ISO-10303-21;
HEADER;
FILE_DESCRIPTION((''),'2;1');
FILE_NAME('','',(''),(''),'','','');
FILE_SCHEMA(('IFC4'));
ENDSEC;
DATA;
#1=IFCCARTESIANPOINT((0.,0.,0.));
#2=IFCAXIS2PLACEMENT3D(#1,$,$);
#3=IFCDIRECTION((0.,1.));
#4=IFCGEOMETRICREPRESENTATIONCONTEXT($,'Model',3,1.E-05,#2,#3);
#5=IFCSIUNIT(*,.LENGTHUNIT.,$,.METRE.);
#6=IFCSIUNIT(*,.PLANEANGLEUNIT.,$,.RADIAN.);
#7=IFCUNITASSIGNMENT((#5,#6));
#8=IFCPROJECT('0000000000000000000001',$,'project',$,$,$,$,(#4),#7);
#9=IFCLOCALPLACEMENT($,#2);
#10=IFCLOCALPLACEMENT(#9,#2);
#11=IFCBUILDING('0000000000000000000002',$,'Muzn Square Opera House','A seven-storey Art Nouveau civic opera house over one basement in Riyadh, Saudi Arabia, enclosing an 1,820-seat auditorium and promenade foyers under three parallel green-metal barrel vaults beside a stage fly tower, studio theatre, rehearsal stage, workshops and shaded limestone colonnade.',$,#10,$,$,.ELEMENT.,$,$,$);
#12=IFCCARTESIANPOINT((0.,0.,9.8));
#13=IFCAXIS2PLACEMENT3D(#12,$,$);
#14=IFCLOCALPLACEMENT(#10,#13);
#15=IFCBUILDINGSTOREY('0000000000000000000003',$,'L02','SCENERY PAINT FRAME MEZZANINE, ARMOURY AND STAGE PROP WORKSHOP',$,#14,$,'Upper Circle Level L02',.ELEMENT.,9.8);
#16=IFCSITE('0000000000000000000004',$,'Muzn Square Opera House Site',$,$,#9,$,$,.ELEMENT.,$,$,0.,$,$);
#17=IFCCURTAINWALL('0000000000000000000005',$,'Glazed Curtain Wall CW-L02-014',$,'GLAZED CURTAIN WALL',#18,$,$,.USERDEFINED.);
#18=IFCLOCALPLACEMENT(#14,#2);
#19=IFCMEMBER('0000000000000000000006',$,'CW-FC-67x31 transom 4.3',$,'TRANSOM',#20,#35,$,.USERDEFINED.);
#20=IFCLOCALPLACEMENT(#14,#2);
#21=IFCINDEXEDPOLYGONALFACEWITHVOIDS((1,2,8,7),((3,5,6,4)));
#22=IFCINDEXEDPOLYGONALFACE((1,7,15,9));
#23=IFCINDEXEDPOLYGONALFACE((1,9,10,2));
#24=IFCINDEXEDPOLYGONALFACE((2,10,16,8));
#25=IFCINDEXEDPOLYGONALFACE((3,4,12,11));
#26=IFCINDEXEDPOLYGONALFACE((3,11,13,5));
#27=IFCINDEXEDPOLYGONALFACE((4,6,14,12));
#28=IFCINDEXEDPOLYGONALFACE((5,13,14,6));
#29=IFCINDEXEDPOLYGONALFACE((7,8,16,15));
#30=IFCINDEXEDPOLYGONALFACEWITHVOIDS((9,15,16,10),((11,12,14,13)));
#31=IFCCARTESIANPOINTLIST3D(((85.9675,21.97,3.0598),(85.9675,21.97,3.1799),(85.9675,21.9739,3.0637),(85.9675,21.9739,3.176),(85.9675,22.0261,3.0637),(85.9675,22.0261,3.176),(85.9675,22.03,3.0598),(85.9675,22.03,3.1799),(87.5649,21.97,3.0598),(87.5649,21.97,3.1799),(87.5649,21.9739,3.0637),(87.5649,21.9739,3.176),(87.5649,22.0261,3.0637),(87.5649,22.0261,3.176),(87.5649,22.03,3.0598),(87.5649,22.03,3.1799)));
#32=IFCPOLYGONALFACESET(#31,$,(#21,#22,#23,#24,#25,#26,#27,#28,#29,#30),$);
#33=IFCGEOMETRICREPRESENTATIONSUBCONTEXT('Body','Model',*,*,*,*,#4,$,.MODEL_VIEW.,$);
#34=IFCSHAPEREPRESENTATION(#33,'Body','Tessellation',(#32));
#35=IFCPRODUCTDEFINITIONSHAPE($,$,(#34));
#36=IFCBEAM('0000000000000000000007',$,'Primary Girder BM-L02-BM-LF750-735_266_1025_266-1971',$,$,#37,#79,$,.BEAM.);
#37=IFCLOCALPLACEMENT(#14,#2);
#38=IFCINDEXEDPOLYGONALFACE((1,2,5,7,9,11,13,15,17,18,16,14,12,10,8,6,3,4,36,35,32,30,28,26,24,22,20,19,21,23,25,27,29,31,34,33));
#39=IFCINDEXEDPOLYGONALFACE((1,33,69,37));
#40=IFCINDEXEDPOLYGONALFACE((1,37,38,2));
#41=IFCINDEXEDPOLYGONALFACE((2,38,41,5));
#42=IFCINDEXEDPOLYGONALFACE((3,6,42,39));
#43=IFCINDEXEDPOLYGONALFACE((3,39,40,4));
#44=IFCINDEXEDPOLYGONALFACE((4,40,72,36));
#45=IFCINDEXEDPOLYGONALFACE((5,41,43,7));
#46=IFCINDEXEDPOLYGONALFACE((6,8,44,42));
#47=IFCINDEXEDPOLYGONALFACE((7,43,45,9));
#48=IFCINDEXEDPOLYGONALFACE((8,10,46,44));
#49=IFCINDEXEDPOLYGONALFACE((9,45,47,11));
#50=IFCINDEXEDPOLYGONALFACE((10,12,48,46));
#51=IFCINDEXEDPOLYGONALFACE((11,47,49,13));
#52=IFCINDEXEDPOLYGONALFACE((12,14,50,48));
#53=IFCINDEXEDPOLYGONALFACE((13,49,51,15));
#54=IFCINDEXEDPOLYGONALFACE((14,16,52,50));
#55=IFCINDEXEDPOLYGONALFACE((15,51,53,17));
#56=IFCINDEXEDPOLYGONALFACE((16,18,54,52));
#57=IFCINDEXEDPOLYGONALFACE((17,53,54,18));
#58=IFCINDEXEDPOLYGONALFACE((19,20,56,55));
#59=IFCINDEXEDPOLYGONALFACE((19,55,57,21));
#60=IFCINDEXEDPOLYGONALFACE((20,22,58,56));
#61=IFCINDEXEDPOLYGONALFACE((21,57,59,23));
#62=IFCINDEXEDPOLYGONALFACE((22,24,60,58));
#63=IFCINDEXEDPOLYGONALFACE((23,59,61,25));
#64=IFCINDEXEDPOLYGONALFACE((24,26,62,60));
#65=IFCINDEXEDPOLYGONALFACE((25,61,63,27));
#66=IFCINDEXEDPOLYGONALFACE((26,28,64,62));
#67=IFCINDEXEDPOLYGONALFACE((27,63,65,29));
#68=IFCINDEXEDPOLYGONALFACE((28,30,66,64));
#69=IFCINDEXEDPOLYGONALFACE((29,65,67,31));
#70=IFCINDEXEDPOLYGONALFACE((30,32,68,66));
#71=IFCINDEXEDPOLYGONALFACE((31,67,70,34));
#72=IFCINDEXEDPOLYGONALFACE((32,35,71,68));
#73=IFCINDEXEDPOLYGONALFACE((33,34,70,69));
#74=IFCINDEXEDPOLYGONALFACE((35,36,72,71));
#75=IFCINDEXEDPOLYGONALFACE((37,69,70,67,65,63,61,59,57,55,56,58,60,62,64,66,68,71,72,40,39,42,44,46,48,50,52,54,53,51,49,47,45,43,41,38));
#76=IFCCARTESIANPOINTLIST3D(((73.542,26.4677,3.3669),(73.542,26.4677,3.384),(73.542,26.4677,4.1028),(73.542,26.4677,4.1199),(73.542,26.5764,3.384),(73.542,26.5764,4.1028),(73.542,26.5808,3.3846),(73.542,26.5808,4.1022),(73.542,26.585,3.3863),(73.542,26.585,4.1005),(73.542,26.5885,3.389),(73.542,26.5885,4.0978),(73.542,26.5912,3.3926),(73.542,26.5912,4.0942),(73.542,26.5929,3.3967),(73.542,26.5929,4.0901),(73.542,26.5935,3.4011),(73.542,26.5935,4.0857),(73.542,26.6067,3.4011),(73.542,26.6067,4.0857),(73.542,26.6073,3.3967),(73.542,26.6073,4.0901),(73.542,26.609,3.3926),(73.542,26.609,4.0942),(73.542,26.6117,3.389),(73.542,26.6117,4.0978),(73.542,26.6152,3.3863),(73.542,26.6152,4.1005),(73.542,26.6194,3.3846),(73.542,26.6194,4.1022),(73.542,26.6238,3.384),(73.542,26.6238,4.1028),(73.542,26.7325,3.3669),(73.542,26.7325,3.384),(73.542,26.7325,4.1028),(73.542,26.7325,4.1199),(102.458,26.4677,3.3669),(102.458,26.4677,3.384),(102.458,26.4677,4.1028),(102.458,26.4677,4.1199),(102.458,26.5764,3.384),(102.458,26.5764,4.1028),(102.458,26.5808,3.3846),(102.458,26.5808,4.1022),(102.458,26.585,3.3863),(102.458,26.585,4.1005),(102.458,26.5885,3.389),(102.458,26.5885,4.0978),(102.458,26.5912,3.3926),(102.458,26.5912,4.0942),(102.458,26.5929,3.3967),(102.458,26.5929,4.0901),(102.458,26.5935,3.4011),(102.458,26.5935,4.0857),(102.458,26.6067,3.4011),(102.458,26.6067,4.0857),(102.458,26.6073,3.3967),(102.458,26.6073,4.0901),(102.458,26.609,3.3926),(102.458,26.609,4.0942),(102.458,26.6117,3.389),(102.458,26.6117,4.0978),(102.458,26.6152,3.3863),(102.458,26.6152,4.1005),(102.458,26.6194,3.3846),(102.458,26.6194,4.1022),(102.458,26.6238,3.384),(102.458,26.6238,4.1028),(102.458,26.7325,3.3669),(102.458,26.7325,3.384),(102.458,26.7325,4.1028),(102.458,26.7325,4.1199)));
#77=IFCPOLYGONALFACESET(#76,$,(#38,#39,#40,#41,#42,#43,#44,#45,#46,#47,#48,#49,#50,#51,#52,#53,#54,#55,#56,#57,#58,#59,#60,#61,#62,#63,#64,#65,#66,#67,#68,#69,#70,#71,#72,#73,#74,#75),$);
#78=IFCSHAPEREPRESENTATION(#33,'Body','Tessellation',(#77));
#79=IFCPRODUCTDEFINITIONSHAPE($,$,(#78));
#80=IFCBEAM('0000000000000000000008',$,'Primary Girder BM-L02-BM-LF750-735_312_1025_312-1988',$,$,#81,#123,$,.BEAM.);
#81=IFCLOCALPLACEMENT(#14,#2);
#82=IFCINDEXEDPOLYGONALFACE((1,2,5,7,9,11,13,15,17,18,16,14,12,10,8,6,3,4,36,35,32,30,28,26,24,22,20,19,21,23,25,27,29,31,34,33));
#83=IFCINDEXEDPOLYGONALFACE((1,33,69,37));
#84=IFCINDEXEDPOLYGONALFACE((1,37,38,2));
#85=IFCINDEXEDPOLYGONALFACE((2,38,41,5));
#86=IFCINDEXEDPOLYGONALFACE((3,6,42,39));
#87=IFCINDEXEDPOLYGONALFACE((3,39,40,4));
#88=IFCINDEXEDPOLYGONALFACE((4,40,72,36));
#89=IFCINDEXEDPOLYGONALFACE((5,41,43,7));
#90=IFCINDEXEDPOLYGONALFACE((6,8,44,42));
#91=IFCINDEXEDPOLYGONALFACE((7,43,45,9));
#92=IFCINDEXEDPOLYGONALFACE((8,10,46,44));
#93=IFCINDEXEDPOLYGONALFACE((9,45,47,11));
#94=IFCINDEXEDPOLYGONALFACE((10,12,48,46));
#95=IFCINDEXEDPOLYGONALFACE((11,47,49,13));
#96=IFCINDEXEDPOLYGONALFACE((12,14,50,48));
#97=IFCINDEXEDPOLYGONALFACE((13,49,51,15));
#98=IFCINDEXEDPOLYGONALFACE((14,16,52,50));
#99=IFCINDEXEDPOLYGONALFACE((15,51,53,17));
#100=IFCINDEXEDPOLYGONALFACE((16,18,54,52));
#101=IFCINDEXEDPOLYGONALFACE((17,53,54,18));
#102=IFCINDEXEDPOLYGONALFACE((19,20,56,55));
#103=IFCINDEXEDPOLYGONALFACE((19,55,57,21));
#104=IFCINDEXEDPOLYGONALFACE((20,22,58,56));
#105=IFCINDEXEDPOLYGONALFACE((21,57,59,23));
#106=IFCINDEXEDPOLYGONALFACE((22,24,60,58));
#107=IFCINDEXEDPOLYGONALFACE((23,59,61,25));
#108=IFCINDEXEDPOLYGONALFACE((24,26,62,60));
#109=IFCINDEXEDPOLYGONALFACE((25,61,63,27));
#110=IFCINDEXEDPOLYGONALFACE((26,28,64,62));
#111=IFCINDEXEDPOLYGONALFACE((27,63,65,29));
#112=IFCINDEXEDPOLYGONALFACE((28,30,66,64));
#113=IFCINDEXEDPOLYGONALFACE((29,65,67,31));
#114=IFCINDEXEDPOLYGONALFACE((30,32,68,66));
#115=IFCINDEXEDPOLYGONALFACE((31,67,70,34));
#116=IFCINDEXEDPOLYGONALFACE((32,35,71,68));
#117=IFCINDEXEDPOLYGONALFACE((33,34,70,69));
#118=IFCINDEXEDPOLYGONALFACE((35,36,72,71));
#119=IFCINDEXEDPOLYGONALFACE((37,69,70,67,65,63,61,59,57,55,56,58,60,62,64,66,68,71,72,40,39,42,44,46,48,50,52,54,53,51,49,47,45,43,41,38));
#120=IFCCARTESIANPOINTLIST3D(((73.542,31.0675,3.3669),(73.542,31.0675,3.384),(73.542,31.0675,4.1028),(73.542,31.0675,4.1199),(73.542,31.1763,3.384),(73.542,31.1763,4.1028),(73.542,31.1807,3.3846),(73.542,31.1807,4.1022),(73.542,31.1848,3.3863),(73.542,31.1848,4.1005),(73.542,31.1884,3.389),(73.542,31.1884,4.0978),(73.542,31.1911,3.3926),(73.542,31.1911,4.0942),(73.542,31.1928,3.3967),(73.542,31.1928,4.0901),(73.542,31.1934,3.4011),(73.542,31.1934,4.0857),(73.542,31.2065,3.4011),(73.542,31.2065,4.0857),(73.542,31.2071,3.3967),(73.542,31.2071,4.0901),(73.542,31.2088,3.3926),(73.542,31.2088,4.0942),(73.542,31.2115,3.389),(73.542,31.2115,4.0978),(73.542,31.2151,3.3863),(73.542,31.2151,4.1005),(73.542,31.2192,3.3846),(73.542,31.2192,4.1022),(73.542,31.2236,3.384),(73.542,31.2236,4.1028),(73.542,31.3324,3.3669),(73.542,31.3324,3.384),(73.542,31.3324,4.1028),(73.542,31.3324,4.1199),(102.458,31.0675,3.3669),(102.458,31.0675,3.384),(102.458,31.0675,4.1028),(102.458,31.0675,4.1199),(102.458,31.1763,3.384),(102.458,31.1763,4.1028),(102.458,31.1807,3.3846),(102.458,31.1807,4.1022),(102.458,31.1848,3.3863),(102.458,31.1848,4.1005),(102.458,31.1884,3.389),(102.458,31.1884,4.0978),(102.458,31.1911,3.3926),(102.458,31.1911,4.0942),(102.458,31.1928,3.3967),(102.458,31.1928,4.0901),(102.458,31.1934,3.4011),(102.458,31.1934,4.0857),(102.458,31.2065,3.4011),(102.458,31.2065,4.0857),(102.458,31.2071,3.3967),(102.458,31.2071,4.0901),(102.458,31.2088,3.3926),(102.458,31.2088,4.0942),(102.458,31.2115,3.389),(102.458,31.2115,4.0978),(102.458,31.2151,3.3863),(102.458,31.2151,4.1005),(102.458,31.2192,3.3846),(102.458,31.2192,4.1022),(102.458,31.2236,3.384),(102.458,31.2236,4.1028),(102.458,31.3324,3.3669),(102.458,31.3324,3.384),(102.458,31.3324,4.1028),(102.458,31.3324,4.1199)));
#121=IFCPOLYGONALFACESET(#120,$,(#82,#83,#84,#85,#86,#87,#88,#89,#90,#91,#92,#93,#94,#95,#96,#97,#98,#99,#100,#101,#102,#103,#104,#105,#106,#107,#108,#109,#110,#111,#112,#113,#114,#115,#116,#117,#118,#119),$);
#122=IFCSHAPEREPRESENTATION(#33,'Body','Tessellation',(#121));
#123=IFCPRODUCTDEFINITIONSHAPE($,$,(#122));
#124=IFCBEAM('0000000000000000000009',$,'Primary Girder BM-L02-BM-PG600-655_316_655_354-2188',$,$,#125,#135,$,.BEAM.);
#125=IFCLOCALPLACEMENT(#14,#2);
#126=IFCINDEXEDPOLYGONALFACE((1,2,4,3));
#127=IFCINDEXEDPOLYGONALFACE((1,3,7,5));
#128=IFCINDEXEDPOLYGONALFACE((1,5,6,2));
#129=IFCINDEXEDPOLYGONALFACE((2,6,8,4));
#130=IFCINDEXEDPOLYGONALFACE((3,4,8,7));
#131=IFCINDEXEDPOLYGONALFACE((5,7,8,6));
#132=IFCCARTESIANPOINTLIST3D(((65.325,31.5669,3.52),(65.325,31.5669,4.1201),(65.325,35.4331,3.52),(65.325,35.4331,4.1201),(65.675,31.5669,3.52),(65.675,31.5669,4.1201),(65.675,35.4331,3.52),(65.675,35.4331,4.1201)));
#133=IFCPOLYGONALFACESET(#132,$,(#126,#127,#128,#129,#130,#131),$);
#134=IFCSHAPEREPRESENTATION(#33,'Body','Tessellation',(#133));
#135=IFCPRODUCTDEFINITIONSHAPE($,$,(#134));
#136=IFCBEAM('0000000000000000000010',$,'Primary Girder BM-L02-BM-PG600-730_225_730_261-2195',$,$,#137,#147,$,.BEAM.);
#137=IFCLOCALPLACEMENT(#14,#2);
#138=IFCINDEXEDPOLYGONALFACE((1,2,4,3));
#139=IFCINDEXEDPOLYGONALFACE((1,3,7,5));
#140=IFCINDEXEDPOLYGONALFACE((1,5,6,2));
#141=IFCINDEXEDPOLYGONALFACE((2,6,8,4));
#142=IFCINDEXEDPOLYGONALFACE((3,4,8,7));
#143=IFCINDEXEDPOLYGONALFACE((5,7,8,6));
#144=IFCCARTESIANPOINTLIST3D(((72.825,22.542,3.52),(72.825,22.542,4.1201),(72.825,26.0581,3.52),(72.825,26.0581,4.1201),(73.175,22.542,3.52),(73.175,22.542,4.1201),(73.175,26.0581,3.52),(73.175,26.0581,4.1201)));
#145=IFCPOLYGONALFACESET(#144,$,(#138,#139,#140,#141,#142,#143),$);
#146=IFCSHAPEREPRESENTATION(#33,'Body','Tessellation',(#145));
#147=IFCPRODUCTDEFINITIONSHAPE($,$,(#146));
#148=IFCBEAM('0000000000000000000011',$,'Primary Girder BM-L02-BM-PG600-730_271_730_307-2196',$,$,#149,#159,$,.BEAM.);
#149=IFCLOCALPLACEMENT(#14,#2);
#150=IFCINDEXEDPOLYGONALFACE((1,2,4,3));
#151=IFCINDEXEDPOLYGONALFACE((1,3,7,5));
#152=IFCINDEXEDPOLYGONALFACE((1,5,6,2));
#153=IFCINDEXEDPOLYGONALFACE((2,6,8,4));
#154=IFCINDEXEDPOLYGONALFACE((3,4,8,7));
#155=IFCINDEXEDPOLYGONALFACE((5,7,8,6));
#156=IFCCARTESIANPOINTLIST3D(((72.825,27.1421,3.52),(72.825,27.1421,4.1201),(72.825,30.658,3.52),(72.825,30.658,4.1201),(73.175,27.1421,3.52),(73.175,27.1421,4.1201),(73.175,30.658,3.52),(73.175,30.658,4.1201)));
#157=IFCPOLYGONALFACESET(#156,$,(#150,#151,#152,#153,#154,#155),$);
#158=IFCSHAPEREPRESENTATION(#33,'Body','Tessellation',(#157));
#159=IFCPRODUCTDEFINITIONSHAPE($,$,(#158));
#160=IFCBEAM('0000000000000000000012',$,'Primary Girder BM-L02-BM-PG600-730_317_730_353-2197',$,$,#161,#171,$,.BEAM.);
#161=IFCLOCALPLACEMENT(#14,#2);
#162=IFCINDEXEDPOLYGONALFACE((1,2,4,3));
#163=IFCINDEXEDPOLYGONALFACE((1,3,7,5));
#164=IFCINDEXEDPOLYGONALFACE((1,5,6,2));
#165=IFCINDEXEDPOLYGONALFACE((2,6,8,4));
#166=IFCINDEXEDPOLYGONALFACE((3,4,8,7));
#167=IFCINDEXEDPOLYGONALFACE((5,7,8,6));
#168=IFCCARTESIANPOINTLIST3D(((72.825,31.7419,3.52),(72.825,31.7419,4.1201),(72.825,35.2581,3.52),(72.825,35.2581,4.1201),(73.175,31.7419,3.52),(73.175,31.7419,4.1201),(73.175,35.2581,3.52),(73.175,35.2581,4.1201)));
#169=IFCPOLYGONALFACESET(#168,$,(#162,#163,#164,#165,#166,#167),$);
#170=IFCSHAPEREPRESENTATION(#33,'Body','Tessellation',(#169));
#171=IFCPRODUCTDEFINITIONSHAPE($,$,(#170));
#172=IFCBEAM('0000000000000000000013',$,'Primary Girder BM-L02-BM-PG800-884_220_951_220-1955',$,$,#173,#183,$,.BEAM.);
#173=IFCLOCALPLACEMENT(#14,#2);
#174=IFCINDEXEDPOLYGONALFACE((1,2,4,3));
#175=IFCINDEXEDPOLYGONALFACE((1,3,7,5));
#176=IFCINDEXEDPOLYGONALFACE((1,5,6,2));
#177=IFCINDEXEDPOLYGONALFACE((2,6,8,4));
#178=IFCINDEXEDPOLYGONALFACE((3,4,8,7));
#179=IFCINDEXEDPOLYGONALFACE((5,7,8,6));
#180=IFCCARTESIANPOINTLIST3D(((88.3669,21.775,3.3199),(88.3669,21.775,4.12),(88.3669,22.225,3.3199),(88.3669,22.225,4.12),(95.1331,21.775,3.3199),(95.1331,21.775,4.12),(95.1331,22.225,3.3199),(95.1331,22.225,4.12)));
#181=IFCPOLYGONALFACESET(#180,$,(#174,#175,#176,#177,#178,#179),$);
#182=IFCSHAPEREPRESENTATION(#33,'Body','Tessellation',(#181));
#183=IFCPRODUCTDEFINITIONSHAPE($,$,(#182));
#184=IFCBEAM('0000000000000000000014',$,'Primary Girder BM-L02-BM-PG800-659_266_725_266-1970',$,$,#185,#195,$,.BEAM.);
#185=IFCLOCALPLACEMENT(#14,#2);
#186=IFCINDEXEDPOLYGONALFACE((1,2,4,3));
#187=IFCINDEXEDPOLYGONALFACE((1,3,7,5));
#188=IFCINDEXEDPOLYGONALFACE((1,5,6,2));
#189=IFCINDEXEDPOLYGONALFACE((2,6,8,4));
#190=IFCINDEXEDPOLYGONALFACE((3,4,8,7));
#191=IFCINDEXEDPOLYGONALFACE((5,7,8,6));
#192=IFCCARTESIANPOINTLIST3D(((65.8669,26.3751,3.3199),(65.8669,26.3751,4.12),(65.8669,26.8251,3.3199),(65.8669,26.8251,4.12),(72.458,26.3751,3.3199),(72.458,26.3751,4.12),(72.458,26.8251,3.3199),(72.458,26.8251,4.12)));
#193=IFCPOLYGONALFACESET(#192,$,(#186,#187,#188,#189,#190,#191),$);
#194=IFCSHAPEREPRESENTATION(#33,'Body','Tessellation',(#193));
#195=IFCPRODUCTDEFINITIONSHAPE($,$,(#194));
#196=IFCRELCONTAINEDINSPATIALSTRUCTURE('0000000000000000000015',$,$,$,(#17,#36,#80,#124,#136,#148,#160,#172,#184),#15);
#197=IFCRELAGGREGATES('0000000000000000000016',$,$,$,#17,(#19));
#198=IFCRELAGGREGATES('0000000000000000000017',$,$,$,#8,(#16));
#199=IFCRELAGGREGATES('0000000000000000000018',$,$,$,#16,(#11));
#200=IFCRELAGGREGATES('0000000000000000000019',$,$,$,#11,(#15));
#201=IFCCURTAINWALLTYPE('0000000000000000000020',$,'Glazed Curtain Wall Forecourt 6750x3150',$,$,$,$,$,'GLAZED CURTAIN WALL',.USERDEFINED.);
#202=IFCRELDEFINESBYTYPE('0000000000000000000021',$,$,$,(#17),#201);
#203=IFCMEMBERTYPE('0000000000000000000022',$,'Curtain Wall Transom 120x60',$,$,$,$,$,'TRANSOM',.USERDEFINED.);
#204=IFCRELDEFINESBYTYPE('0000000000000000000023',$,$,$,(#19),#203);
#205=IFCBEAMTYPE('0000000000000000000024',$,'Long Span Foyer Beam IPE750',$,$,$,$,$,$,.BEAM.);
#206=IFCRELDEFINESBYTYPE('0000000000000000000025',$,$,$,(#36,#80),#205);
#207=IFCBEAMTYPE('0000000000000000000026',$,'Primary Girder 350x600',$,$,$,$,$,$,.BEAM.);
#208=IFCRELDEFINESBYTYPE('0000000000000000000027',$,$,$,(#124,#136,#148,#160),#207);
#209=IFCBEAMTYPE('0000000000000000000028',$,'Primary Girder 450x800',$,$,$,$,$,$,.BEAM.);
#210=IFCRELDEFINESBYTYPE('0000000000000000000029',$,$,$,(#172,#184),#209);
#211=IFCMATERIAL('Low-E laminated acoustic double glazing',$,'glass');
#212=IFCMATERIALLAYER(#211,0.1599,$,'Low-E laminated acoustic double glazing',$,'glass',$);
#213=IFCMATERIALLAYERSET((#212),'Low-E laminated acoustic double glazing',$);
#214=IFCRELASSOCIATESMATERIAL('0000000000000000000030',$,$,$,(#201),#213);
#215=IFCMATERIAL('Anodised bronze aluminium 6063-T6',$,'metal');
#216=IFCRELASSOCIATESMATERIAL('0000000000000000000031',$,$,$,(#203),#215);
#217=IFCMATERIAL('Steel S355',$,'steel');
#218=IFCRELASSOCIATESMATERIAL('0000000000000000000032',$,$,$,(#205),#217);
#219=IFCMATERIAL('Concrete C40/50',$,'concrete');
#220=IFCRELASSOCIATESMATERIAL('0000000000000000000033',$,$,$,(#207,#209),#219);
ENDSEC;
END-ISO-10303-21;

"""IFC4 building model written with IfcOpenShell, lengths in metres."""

from ifc_helpers import new_model, si_unit, direction, frame, origin, origin_2d, place, context, subcontext, project, spatial, rectangle, hollow_rectangle, i_section, extrude, material, layer, layer_set, material_profile, profile_set, type_object, element, aggregate, save


model = new_model("IFC4")

# Units and contexts
model_context = context("Model", 3, precision=1e-05, world=origin(), true_north=direction((0.0, 1.0)))
body_context = subcontext(model_context, "Body", "Model", "MODEL_VIEW")
ifc_project = project(units=[si_unit("LENGTHUNIT", "METRE"), si_unit("PLANEANGLEUNIT", "RADIAN")], contexts=[model_context])

# Site, building, storey
site_placement = place(None, origin())
site = spatial("IfcSite", under=ifc_project, at=site_placement, Name="Muzn Square Opera House Site", CompositionType="ELEMENT", RefElevation=0.0)
building_placement = place(site_placement, origin())
building = spatial("IfcBuilding", under=site, at=building_placement, Name="Muzn Square Opera House", Description="A seven-storey Art Nouveau civic opera house over one basement in Riyadh, Saudi Arabia, enclosing an 1,820-seat auditorium and promenade foyers under three parallel green-metal barrel vaults beside a stage fly tower, studio theatre, rehearsal stage, workshops and shaded limestone colonnade.", CompositionType="ELEMENT")
storey_placement = place(building_placement, frame((0.0, 0.0, 9.8)))
storey = spatial("IfcBuildingStorey", under=building, at=storey_placement, Name="L02", Description="SCENERY PAINT FRAME MEZZANINE, ARMOURY AND STAGE PROP WORKSHOP", LongName="Upper Circle Level L02", CompositionType="ELEMENT", Elevation=9.8)

# Curtain wall
ifc_material_1 = material(Name="Low-E laminated acoustic double glazing", Category="glass")
ifc_layer_1 = layer(ifc_material_1, 0.1599, Name="Low-E laminated acoustic double glazing", Category="glass")
ifc_layer_set_1 = layer_set([ifc_layer_1], Name="Low-E laminated acoustic double glazing")
curtain_wall_type = type_object("IfcCurtainWallType", Name="Glazed Curtain Wall Forecourt 6750x3150", ElementType="GLAZED CURTAIN WALL", PredefinedType="USERDEFINED", material=ifc_layer_set_1)
curtain_wall_1_placement = place(storey_placement, origin())
curtain_wall_1 = element("IfcCurtainWall", 1, at=curtain_wall_1_placement, inside=storey, type_object=curtain_wall_type, Name="Glazed Curtain Wall CW-L02-014", ObjectType="GLAZED CURTAIN WALL", PredefinedType="USERDEFINED")
ifc_material_2 = material(Name="Anodised bronze aluminium 6063-T6", Category="metal")

# Member
ifc_material_profile_1 = material_profile(ifc_material_2, hollow_rectangle(XDim=0.0601, YDim=0.1201, WallThickness=0.0039, at=origin_2d()), Name="ALU 120x60x4", Category="metal")
ifc_profile_set_1 = profile_set([ifc_material_profile_1], Name="Anodised bronze aluminium 6063-T6")
member_type_1 = type_object("IfcMemberType", Name="Curtain Wall Transom 120x60", ElementType="TRANSOM", PredefinedType="USERDEFINED", material=ifc_profile_set_1)
member_1_placement = place(storey_placement, frame((85.9675, 22.0, 3.1199), z_axis=(1.0, 0.0, 0.0), x_axis=(0.0, 1.0, 0.0)))
member_1 = element("IfcMember", 2, at=member_1_placement, type_object=member_type_1, Name="CW-FC-67x31 transom 4.3", ObjectType="TRANSOM", PredefinedType="USERDEFINED", context=body_context, shape_type="SweptSolid", body=[
    extrude(hollow_rectangle(XDim=0.0601, YDim=0.1201, WallThickness=0.0039, at=origin_2d()), origin(), (0.0, 0.0, 1.0), 1.5974),
])

# Beams
ifc_material_3 = material(Name="Steel S355", Category="steel")
ifc_material_profile_2 = material_profile(ifc_material_3, i_section(OverallWidth=0.2649, OverallDepth=0.7529, WebThickness=0.0132, FlangeThickness=0.0171, FilletRadius=0.0171, at=origin_2d()), Name="IPE 750x147", Category="steel")
ifc_profile_set_2 = profile_set([ifc_material_profile_2], Name="Steel S355")
beam_type_1 = type_object("IfcBeamType", Name="Long Span Foyer Beam IPE750", PredefinedType="BEAM", material=ifc_profile_set_2)
for number, where, z_axis, x_axis, name in (
    (3, (73.542, 26.6001, 3.7434), (1.0, 0.0, 0.0), (0.0, 1.0, 0.0), "Primary Girder BM-L02-BM-LF750-735_266_1025_266-1971"),
    (4, (73.542, 31.2, 3.7434), (1.0, 0.0, 0.0), (0.0, 1.0, 0.0), "Primary Girder BM-L02-BM-LF750-735_312_1025_312-1988"),
):
    element("IfcBeam", number, at=place(storey_placement, frame(where, z_axis=z_axis, x_axis=x_axis)), inside=storey, type_object=beam_type_1, Name=name, PredefinedType="BEAM", context=body_context, shape_type="SweptSolid", body=[
        extrude(i_section(OverallWidth=0.2649, OverallDepth=0.7529, WebThickness=0.0132, FlangeThickness=0.0171, FilletRadius=0.0171, at=origin_2d()), origin(), (0.0, 0.0, 1.0), 28.916),
    ])
ifc_material_4 = material(Name="Concrete C40/50", Category="concrete")
ifc_material_profile_3 = material_profile(ifc_material_4, rectangle(XDim=0.3501, YDim=0.6001, at=origin_2d()), Name="RCB 350x600", Category="concrete")
ifc_profile_set_3 = profile_set([ifc_material_profile_3], Name="Concrete C40/50")
beam_type_2 = type_object("IfcBeamType", Name="Primary Girder 350x600", PredefinedType="BEAM", material=ifc_profile_set_3)
beam_1_placement = place(storey_placement, frame((65.5, 31.5669, 3.8201), z_axis=(0.0, 1.0, 0.0), x_axis=(-1.0, 0.0, 0.0)))
element("IfcBeam", 5, at=beam_1_placement, inside=storey, type_object=beam_type_2, Name="Primary Girder BM-L02-BM-PG600-655_316_655_354-2188", PredefinedType="BEAM", context=body_context, shape_type="SweptSolid", body=[
    extrude(rectangle(XDim=0.3501, YDim=0.6001, at=origin_2d()), origin(), (0.0, 0.0, 1.0), 3.8662),
])
beam_2_placement = place(storey_placement, frame((73.0, 22.542, 3.8201), z_axis=(0.0, 1.0, 0.0), x_axis=(-1.0, 0.0, 0.0)))
element("IfcBeam", 6, at=beam_2_placement, inside=storey, type_object=beam_type_2, Name="Primary Girder BM-L02-BM-PG600-730_225_730_261-2195", PredefinedType="BEAM", context=body_context, shape_type="SweptSolid", body=[
    extrude(rectangle(XDim=0.3501, YDim=0.6001, at=origin_2d()), origin(), (0.0, 0.0, 1.0), 3.5161),
])
beam_3_placement = place(storey_placement, frame((73.0, 27.1421, 3.8201), z_axis=(0.0, 1.0, 0.0), x_axis=(-1.0, 0.0, 0.0)))
element("IfcBeam", 7, at=beam_3_placement, inside=storey, type_object=beam_type_2, Name="Primary Girder BM-L02-BM-PG600-730_271_730_307-2196", PredefinedType="BEAM", context=body_context, shape_type="SweptSolid", body=[
    extrude(rectangle(XDim=0.3501, YDim=0.6001, at=origin_2d()), origin(), (0.0, 0.0, 1.0), 3.5159),
])
beam_4_placement = place(storey_placement, frame((73.0, 31.7419, 3.8201), z_axis=(0.0, 1.0, 0.0), x_axis=(-1.0, 0.0, 0.0)))
element("IfcBeam", 8, at=beam_4_placement, inside=storey, type_object=beam_type_2, Name="Primary Girder BM-L02-BM-PG600-730_317_730_353-2197", PredefinedType="BEAM", context=body_context, shape_type="SweptSolid", body=[
    extrude(rectangle(XDim=0.3501, YDim=0.6001, at=origin_2d()), origin(), (0.0, 0.0, 1.0), 3.5161),
])
ifc_material_profile_4 = material_profile(ifc_material_4, rectangle(XDim=0.45, YDim=0.8, at=origin_2d()), Name="RCB 450x800", Category="concrete")
ifc_profile_set_4 = profile_set([ifc_material_profile_4], Name="Concrete C40/50")
beam_type_3 = type_object("IfcBeamType", Name="Primary Girder 450x800", PredefinedType="BEAM", material=ifc_profile_set_4)
beam_5_placement = place(storey_placement, frame((88.3669, 22.0, 3.72), z_axis=(1.0, 0.0, 0.0), x_axis=(0.0, 1.0, 0.0)))
element("IfcBeam", 9, at=beam_5_placement, inside=storey, type_object=beam_type_3, Name="Primary Girder BM-L02-BM-PG800-884_220_951_220-1955", PredefinedType="BEAM", context=body_context, shape_type="SweptSolid", body=[
    extrude(rectangle(XDim=0.45, YDim=0.8, at=origin_2d()), origin(), (0.0, 0.0, 1.0), 6.7661),
])
for number, where, z_axis, x_axis, name in (
    (10, (65.8669, 26.6001, 3.72), (1.0, 0.0, 0.0), (0.0, 1.0, 0.0), "Primary Girder BM-L02-BM-PG800-659_266_725_266-1970"),
):
    element("IfcBeam", number, at=place(storey_placement, frame(where, z_axis=z_axis, x_axis=x_axis)), inside=storey, type_object=beam_type_3, Name=name, PredefinedType="BEAM", context=body_context, shape_type="SweptSolid", body=[
        extrude(rectangle(XDim=0.45, YDim=0.8, at=origin_2d()), origin(), (0.0, 0.0, 1.0), 6.5911),
    ])

aggregate(curtain_wall_1, [member_1])

save(model, "model.ifc")
